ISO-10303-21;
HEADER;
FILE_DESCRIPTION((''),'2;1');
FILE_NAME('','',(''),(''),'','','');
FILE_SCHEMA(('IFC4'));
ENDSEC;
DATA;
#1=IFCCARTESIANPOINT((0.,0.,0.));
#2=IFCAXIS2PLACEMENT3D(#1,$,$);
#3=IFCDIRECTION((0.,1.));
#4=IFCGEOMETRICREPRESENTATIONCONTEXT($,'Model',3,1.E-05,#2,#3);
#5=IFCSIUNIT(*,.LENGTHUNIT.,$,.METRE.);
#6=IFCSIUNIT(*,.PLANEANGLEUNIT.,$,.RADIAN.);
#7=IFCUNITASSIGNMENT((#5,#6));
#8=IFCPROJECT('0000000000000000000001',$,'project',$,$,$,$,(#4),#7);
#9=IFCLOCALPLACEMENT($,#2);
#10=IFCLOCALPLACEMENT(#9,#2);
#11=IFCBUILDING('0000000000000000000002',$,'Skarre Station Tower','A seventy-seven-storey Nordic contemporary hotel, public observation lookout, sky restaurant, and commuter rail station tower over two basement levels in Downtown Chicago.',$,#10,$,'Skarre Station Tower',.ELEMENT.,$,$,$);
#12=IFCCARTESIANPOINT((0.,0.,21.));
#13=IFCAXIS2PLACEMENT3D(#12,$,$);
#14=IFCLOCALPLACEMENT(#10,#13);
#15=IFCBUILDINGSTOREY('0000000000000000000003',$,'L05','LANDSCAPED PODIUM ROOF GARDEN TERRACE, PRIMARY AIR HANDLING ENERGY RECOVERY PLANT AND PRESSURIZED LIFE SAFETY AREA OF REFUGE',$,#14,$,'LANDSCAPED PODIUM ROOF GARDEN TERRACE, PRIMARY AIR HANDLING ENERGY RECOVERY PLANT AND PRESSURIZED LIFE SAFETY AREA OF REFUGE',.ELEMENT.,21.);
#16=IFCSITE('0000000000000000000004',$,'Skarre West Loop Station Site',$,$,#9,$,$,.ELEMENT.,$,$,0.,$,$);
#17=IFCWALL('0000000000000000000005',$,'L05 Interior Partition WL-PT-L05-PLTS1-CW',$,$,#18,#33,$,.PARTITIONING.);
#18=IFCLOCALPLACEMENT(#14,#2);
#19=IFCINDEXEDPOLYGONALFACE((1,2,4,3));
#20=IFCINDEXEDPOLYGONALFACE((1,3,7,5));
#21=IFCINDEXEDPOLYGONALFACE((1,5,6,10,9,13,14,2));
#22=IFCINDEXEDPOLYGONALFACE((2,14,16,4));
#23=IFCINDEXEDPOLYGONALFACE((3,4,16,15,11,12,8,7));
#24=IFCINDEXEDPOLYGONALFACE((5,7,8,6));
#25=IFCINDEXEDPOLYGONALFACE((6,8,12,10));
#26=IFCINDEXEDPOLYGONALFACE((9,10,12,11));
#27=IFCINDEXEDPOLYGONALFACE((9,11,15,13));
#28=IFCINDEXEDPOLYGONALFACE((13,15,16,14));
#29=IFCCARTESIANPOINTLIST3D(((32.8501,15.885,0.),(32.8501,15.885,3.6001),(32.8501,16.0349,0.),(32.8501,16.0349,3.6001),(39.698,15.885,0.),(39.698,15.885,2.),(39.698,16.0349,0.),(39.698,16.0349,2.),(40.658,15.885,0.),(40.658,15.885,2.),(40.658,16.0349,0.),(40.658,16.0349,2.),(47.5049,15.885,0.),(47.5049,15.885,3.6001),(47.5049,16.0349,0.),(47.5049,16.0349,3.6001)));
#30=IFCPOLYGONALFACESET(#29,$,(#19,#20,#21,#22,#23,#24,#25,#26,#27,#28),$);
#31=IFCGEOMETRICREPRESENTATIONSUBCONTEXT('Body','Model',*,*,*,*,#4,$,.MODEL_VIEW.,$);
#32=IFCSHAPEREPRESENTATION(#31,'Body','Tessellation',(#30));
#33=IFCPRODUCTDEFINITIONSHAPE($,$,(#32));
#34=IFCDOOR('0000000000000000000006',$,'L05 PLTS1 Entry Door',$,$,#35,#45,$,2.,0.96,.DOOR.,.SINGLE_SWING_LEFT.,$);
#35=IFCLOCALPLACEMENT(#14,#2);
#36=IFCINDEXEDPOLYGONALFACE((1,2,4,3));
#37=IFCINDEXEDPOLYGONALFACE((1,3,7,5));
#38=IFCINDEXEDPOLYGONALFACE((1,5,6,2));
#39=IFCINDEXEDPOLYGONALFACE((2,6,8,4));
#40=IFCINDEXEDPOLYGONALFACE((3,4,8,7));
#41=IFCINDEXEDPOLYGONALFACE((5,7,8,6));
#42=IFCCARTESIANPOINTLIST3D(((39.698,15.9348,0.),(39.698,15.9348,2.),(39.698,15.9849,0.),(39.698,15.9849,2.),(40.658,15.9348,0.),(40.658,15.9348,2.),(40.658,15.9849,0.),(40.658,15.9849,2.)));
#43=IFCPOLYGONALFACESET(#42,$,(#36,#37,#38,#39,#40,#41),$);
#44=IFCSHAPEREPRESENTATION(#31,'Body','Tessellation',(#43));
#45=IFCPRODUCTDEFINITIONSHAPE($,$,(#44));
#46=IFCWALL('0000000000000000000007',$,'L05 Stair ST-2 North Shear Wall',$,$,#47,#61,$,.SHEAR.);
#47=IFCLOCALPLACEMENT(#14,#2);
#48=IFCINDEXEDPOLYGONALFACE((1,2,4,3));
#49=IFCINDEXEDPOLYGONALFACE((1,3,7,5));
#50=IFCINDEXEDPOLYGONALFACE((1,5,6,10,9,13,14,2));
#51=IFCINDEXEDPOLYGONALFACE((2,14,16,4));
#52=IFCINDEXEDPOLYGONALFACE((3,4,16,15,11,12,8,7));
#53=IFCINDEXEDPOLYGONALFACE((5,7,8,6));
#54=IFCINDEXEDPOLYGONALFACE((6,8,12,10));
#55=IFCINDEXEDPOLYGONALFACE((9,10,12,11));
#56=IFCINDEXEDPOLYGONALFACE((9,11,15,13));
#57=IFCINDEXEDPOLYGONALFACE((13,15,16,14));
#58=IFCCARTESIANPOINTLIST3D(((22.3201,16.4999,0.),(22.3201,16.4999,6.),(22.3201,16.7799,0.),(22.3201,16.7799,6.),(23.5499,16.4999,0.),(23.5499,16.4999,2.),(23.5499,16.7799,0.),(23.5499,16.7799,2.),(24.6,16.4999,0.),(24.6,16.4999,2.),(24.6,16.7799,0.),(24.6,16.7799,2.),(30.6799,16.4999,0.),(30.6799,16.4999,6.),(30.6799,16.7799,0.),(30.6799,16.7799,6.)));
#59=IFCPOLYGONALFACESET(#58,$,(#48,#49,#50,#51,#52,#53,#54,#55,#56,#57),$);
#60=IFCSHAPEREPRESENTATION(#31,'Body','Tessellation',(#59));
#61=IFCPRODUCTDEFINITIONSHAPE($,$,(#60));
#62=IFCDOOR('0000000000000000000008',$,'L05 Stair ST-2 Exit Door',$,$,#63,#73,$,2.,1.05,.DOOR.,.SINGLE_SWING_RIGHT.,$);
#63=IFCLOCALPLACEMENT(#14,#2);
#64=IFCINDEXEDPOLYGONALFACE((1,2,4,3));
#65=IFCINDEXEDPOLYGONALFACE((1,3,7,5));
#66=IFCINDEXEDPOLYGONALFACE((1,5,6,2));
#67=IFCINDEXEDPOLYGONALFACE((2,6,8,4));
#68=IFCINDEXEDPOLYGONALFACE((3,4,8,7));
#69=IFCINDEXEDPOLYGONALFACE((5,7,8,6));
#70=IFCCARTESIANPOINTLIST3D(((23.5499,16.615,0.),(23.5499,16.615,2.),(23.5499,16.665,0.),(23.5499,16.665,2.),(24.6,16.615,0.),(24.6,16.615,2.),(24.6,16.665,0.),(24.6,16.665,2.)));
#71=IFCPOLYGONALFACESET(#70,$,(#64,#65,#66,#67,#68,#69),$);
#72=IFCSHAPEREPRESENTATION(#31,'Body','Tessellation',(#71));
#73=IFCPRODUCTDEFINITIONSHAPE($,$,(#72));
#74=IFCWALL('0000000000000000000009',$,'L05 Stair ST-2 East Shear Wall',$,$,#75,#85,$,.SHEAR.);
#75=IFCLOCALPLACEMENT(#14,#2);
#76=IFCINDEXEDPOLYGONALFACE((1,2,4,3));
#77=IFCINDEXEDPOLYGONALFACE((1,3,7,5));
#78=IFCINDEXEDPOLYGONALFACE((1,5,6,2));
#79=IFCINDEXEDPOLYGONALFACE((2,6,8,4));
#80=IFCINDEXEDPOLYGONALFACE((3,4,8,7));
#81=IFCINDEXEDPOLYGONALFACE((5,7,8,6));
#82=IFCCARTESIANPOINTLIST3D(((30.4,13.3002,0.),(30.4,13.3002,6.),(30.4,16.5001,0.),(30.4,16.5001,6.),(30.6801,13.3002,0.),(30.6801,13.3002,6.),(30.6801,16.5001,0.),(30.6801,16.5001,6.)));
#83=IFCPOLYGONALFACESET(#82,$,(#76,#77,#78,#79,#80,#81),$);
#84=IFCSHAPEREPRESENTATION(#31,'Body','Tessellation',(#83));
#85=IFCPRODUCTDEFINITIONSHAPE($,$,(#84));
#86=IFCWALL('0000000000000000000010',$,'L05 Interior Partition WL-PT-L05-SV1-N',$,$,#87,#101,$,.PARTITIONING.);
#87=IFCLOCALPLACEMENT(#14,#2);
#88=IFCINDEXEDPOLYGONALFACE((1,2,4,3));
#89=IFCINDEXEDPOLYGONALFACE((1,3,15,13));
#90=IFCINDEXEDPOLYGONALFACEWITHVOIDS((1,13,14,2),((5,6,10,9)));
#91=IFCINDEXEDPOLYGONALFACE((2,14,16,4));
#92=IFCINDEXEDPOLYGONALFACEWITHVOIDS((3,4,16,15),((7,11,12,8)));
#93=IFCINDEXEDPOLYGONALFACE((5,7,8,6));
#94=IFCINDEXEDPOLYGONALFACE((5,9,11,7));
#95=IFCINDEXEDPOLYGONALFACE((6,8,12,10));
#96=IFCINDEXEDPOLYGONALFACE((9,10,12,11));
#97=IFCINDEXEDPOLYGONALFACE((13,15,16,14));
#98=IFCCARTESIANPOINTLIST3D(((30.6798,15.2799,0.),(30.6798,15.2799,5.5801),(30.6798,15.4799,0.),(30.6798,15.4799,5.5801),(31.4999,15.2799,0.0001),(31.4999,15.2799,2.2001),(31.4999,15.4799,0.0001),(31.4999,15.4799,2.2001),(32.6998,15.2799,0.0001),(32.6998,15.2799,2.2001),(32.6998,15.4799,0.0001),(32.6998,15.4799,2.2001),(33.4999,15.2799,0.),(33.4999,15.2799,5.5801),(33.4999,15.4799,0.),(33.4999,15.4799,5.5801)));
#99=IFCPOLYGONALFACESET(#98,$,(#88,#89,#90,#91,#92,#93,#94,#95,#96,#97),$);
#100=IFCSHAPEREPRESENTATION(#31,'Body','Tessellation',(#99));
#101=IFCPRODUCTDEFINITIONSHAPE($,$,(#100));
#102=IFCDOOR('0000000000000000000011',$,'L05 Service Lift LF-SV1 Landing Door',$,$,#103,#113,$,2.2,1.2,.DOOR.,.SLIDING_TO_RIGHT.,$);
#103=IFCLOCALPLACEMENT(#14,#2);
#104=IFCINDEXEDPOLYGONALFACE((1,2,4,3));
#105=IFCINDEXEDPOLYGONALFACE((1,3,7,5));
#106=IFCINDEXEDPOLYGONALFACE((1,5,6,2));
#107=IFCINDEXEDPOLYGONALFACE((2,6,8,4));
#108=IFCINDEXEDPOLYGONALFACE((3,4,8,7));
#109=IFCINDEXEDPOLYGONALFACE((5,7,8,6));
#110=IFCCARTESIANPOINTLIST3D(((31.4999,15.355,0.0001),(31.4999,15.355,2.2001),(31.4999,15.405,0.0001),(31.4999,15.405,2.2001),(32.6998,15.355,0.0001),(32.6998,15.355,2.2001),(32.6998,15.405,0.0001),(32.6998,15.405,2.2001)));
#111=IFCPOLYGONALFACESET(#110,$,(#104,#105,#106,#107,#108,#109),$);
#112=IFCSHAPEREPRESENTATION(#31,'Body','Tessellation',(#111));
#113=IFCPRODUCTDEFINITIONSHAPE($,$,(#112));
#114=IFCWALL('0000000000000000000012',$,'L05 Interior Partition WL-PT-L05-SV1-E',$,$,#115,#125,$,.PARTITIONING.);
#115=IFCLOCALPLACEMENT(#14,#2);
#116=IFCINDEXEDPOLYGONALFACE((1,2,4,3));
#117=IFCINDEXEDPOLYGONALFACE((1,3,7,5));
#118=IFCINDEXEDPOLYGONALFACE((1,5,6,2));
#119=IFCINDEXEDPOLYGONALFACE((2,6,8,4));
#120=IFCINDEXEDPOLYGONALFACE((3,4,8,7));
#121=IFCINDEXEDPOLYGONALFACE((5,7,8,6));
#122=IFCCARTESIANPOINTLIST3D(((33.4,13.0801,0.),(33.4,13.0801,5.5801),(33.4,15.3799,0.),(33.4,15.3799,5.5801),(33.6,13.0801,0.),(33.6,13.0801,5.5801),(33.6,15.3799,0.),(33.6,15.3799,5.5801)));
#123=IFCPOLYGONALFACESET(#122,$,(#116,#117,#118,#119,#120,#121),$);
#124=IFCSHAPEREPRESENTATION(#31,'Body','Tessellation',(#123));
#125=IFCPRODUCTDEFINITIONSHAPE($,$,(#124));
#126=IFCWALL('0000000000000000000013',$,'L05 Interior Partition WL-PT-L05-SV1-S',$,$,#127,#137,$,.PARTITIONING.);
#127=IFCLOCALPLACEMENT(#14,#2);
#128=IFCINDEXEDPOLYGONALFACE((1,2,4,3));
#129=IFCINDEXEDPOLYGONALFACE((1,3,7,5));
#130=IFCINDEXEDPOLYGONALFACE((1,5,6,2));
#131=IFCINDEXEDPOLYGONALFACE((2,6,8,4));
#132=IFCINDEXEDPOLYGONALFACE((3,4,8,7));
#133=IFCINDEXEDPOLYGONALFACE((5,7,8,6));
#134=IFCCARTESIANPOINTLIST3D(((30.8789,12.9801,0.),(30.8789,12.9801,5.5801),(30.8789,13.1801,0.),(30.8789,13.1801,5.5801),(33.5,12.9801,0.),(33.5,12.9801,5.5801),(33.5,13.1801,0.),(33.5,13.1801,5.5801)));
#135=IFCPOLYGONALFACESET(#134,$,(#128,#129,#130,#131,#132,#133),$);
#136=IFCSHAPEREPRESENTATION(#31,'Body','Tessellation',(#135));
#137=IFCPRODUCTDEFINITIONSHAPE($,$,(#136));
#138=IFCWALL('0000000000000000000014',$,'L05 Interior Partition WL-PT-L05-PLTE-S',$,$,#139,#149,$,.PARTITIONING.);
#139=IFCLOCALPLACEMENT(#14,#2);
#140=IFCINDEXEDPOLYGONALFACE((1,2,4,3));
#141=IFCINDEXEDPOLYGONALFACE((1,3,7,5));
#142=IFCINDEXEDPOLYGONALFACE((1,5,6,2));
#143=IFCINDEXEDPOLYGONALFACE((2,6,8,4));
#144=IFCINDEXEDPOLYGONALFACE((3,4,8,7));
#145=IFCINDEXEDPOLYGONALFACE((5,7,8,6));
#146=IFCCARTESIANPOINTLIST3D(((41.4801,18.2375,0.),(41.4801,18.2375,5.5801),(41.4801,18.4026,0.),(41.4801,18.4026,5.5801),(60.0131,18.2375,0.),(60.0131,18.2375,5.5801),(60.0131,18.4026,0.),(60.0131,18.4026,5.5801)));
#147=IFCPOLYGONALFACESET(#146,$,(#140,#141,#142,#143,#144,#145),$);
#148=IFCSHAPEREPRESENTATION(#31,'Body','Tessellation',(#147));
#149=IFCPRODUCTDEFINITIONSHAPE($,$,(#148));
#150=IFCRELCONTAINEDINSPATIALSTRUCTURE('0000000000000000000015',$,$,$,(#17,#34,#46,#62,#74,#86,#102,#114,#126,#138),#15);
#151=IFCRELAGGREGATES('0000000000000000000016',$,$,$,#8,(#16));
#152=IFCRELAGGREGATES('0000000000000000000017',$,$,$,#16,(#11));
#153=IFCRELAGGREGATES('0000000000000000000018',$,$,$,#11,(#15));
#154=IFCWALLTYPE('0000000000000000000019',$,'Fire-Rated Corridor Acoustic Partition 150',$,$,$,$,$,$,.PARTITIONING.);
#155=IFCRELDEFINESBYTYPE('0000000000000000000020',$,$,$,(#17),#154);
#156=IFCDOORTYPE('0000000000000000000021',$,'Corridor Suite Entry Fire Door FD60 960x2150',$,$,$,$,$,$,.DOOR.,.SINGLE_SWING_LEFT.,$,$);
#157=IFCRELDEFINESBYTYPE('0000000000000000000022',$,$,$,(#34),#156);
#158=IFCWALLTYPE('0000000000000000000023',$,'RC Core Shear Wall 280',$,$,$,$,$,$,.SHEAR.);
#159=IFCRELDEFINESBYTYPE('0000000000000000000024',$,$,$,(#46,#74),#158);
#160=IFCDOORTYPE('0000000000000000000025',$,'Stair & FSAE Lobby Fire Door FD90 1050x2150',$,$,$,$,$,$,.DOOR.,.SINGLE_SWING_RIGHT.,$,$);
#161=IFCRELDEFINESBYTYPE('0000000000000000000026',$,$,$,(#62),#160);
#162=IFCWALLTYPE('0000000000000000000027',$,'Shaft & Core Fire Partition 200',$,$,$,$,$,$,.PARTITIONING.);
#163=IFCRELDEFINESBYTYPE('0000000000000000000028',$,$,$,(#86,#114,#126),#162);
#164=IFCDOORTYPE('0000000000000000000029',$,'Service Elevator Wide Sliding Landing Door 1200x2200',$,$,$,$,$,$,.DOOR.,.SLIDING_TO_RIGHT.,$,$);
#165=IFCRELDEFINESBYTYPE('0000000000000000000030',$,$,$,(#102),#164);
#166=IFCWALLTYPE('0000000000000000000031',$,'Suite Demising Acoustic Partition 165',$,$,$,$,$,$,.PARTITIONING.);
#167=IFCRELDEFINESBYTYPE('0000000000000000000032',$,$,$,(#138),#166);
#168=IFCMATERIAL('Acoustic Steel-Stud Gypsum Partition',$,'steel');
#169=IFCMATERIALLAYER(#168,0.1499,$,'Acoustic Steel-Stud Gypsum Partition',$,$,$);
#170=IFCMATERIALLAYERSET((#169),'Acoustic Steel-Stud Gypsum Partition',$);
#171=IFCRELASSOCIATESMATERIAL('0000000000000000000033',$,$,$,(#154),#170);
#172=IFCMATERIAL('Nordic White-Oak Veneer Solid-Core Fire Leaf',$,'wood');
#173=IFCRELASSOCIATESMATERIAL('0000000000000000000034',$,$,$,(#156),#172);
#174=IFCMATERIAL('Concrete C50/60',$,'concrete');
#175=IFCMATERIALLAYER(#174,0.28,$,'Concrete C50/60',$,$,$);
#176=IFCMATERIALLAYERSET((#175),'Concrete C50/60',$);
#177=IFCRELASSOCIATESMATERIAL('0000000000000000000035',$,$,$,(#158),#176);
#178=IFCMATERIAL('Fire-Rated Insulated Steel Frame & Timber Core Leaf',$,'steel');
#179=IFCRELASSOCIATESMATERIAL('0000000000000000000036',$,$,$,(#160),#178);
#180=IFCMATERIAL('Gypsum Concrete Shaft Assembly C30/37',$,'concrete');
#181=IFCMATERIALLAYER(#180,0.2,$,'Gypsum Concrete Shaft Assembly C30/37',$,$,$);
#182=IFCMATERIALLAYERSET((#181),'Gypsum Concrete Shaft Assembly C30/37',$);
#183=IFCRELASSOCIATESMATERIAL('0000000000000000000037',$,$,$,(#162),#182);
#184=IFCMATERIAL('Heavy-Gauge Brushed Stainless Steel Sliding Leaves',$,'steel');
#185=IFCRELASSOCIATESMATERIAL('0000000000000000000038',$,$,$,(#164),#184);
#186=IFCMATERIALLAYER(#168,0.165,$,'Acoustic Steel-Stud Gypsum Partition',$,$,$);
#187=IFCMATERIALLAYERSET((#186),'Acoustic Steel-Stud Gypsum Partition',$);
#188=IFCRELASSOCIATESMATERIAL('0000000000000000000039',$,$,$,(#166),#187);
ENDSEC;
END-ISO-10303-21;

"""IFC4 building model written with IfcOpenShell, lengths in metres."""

from ifc_helpers import new_model, si_unit, direction, frame, frame_2d, origin, place, context, subcontext, project, spatial, rectangle, extrude, material, layer, layer_set, type_object, element, fill, save


model = new_model("IFC4")

# Units and contexts
model_context = context("Model", 3, precision=1e-05, world=origin(), true_north=direction((0.0, 1.0)))
body_context = subcontext(model_context, "Body", "Model", "MODEL_VIEW")
ifc_project = project(units=[si_unit("LENGTHUNIT", "METRE"), si_unit("PLANEANGLEUNIT", "RADIAN")], contexts=[model_context])

# Site, building, storey
site_placement = place(None, origin())
site = spatial("IfcSite", under=ifc_project, at=site_placement, Name="Skarre West Loop Station Site", CompositionType="ELEMENT", RefElevation=0.0)
building_placement = place(site_placement, origin())
building = spatial("IfcBuilding", under=site, at=building_placement, Name="Skarre Station Tower", Description="A seventy-seven-storey Nordic contemporary hotel, public observation lookout, sky restaurant, and commuter rail station tower over two basement levels in Downtown Chicago.", LongName="Skarre Station Tower", CompositionType="ELEMENT")
storey_placement = place(building_placement, frame((0.0, 0.0, 21.0)))
storey = spatial("IfcBuildingStorey", under=building, at=storey_placement, Name="L05", Description="LANDSCAPED PODIUM ROOF GARDEN TERRACE, PRIMARY AIR HANDLING ENERGY RECOVERY PLANT AND PRESSURIZED LIFE SAFETY AREA OF REFUGE", LongName="LANDSCAPED PODIUM ROOF GARDEN TERRACE, PRIMARY AIR HANDLING ENERGY RECOVERY PLANT AND PRESSURIZED LIFE SAFETY AREA OF REFUGE", CompositionType="ELEMENT", Elevation=21.0)

# Shared definitions
ifc_material_1 = material(Name="Acoustic Steel-Stud Gypsum Partition", Category="steel")
ifc_layer_1 = layer(ifc_material_1, 0.1499, Name="Acoustic Steel-Stud Gypsum Partition")
ifc_layer_set_1 = layer_set([ifc_layer_1], Name="Acoustic Steel-Stud Gypsum Partition")
wall_type_1 = type_object("IfcWallType", Name="Fire-Rated Corridor Acoustic Partition 150", PredefinedType="PARTITIONING", material=ifc_layer_set_1)

# Walls, openings, doors
ifc_material_2 = material(Name="Nordic White-Oak Veneer Solid-Core Fire Leaf", Category="wood")
door_type_1 = type_object("IfcDoorType", Name="Corridor Suite Entry Fire Door FD60 960x2150", OperationType="SINGLE_SWING_LEFT", PredefinedType="DOOR", material=ifc_material_2)
wall_1_placement = place(storey_placement, frame((32.8501, 15.96, 0.0), z_axis=(0.0, 0.0, 1.0), x_axis=(1.0, 0.0, 0.0)))
wall_1 = element("IfcWall", 1, at=wall_1_placement, inside=storey, type_object=wall_type_1, Name="L05 Interior Partition WL-PT-L05-PLTS1-CW", PredefinedType="PARTITIONING", context=body_context, shape_type="SweptSolid", body=[
    extrude(rectangle(XDim=14.6548, YDim=0.1499, at=frame_2d((7.3274, 0.0))), origin(), (0.0, 0.0, 1.0), 3.6001),
])
opening_1_placement = place(wall_1_placement, frame((6.8479, 0.0, 0.0)))
opening_1 = element("IfcOpeningElement", 2, at=opening_1_placement, cuts=wall_1, PredefinedType="OPENING", context=body_context, shape_type="SweptSolid", body=[
    extrude(rectangle(XDim=0.96, YDim=2.0, at=frame_2d((0.48, 1.0))), frame((0.0, 0.085, 0.0), z_axis=(0.0, -1.0, 0.0), x_axis=(1.0, 0.0, 0.0)), (0.0, 0.0, 1.0), 0.1699),
])
door_1_placement = place(opening_1_placement, origin())
door_1 = element("IfcDoor", 3, at=door_1_placement, inside=storey, type_object=door_type_1, Name="L05 PLTS1 Entry Door", OperationType="SINGLE_SWING_LEFT", OverallHeight=2.0, OverallWidth=0.96, PredefinedType="DOOR", context=body_context, shape_type="SweptSolid", body=[
    extrude(rectangle(XDim=0.96, YDim=2.0, at=frame_2d((0.48, 1.0))), frame((0.0, 0.0249, 0.0), z_axis=(0.0, -1.0, 0.0), x_axis=(1.0, 0.0, 0.0)), (0.0, 0.0, 1.0), 0.05),
])
fill(opening_1, door_1)
ifc_material_3 = material(Name="Concrete C50/60", Category="concrete")
ifc_layer_2 = layer(ifc_material_3, 0.28, Name="Concrete C50/60")
ifc_layer_set_2 = layer_set([ifc_layer_2], Name="Concrete C50/60")
wall_type_2 = type_object("IfcWallType", Name="RC Core Shear Wall 280", PredefinedType="SHEAR", material=ifc_layer_set_2)
wall_2_placement = place(storey_placement, frame((30.6799, 16.6399, 0.0), z_axis=(0.0, 0.0, 1.0), x_axis=(-1.0, 0.0, 0.0)))
wall_2 = element("IfcWall", 4, at=wall_2_placement, inside=storey, type_object=wall_type_2, Name="L05 Stair ST-2 North Shear Wall", PredefinedType="SHEAR", context=body_context, shape_type="SweptSolid", body=[
    extrude(rectangle(XDim=8.3599, YDim=0.28, at=frame_2d((4.1799, 0.0))), origin(), (0.0, 0.0, 1.0), 6.0),
])
opening_2_placement = place(wall_2_placement, frame((6.0801, 0.0, 0.0)))
opening_2 = element("IfcOpeningElement", 5, at=opening_2_placement, cuts=wall_2, PredefinedType="OPENING", context=body_context, shape_type="SweptSolid", body=[
    extrude(rectangle(XDim=1.05, YDim=2.0, at=frame_2d((0.5249, 1.0))), frame((0.0, 0.1499, 0.0), z_axis=(0.0, -1.0, 0.0), x_axis=(1.0, 0.0, 0.0)), (0.0, 0.0, 1.0), 0.3),
])
ifc_material_4 = material(Name="Fire-Rated Insulated Steel Frame & Timber Core Leaf", Category="steel")
door_type_2 = type_object("IfcDoorType", Name="Stair & FSAE Lobby Fire Door FD90 1050x2150", OperationType="SINGLE_SWING_RIGHT", PredefinedType="DOOR", material=ifc_material_4)
door_2_placement = place(opening_2_placement, origin())
door_2 = element("IfcDoor", 6, at=door_2_placement, inside=storey, type_object=door_type_2, Name="L05 Stair ST-2 Exit Door", OperationType="SINGLE_SWING_RIGHT", OverallHeight=2.0, OverallWidth=1.05, PredefinedType="DOOR", context=body_context, shape_type="SweptSolid", body=[
    extrude(rectangle(XDim=1.05, YDim=2.0, at=frame_2d((0.5249, 1.0))), frame((0.0, 0.0249, 0.0), z_axis=(0.0, -1.0, 0.0), x_axis=(1.0, 0.0, 0.0)), (0.0, 0.0, 1.0), 0.05),
])
fill(opening_2, door_2)

# Wall
wall_3_placement = place(storey_placement, frame((30.54, 13.3, 0.0), z_axis=(0.0, 0.0, 1.0), x_axis=(0.0, 1.0, 0.0)))
element("IfcWall", 7, at=wall_3_placement, inside=storey, type_object=wall_type_2, Name="L05 Stair ST-2 East Shear Wall", PredefinedType="SHEAR", context=body_context, shape_type="SweptSolid", body=[
    extrude(rectangle(XDim=3.2, YDim=0.28, at=frame_2d((1.6001, 0.0))), origin(), (0.0, 0.0, 1.0), 6.0),
])

# Wall, opening, door
ifc_material_5 = material(Name="Gypsum Concrete Shaft Assembly C30/37", Category="concrete")
ifc_layer_3 = layer(ifc_material_5, 0.2, Name="Gypsum Concrete Shaft Assembly C30/37")
ifc_layer_set_3 = layer_set([ifc_layer_3], Name="Gypsum Concrete Shaft Assembly C30/37")
wall_type_3 = type_object("IfcWallType", Name="Shaft & Core Fire Partition 200", PredefinedType="PARTITIONING", material=ifc_layer_set_3)
wall_4_placement = place(storey_placement, frame((33.5, 15.3799, 0.0), z_axis=(0.0, 0.0, 1.0), x_axis=(-1.0, 0.0, 0.0)))
wall_4 = element("IfcWall", 8, at=wall_4_placement, inside=storey, type_object=wall_type_3, Name="L05 Interior Partition WL-PT-L05-SV1-N", PredefinedType="PARTITIONING", context=body_context, shape_type="SweptSolid", body=[
    extrude(rectangle(XDim=2.8201, YDim=0.2, at=frame_2d((1.4102, 0.0))), origin(), (0.0, 0.0, 1.0), 5.5801),
])
opening_3_placement = place(wall_4_placement, frame((0.8, 0.0, 0.0)))
opening_3 = element("IfcOpeningElement", 9, at=opening_3_placement, cuts=wall_4, PredefinedType="OPENING", context=body_context, shape_type="SweptSolid", body=[
    extrude(rectangle(XDim=1.2, YDim=2.2, at=frame_2d((0.6001, 1.1001))), frame((0.0, 0.1099, 0.0), z_axis=(0.0, -1.0, 0.0), x_axis=(1.0, 0.0, 0.0)), (0.0, 0.0, 1.0), 0.22),
])
ifc_material_6 = material(Name="Heavy-Gauge Brushed Stainless Steel Sliding Leaves", Category="steel")
door_type_3 = type_object("IfcDoorType", Name="Service Elevator Wide Sliding Landing Door 1200x2200", OperationType="SLIDING_TO_RIGHT", PredefinedType="DOOR", material=ifc_material_6)
door_3_placement = place(opening_3_placement, origin())
door_3 = element("IfcDoor", 10, at=door_3_placement, inside=storey, type_object=door_type_3, Name="L05 Service Lift LF-SV1 Landing Door", OperationType="SLIDING_TO_RIGHT", OverallHeight=2.2, OverallWidth=1.2, PredefinedType="DOOR", context=body_context, shape_type="SweptSolid", body=[
    extrude(rectangle(XDim=1.2, YDim=2.2, at=frame_2d((0.6001, 1.1001))), frame((0.0, 0.0249, 0.0), z_axis=(0.0, -1.0, 0.0), x_axis=(1.0, 0.0, 0.0)), (0.0, 0.0, 1.0), 0.05),
])
fill(opening_3, door_3)

# Walls
wall_5_placement = place(storey_placement, frame((33.5, 13.0801, 0.0), z_axis=(0.0, 0.0, 1.0), x_axis=(0.0, 1.0, 0.0)))
element("IfcWall", 11, at=wall_5_placement, inside=storey, type_object=wall_type_3, Name="L05 Interior Partition WL-PT-L05-SV1-E", PredefinedType="PARTITIONING", context=body_context, shape_type="SweptSolid", body=[
    extrude(rectangle(XDim=2.2998, YDim=0.2, at=frame_2d((1.1499, 0.0))), origin(), (0.0, 0.0, 1.0), 5.5801),
])
wall_6_placement = place(storey_placement, frame((30.8789, 13.0801, 0.0), z_axis=(0.0, 0.0, 1.0), x_axis=(1.0, 0.0, 0.0)))
element("IfcWall", 12, at=wall_6_placement, inside=storey, type_object=wall_type_3, Name="L05 Interior Partition WL-PT-L05-SV1-S", PredefinedType="PARTITIONING", context=body_context, shape_type="SweptSolid", body=[
    extrude(rectangle(XDim=2.6211, YDim=0.2, at=frame_2d((1.3105, 0.0))), origin(), (0.0, 0.0, 1.0), 5.5801),
])
ifc_layer_4 = layer(ifc_material_1, 0.165, Name="Acoustic Steel-Stud Gypsum Partition")
ifc_layer_set_4 = layer_set([ifc_layer_4], Name="Acoustic Steel-Stud Gypsum Partition")
wall_type_4 = type_object("IfcWallType", Name="Suite Demising Acoustic Partition 165", PredefinedType="PARTITIONING", material=ifc_layer_set_4)
wall_7_placement = place(storey_placement, frame((41.48, 18.3201, 0.0), z_axis=(0.0, 0.0, 1.0), x_axis=(1.0, 0.0, 0.0)))
element("IfcWall", 13, at=wall_7_placement, inside=storey, type_object=wall_type_4, Name="L05 Interior Partition WL-PT-L05-PLTE-S", PredefinedType="PARTITIONING", context=body_context, shape_type="SweptSolid", body=[
    extrude(rectangle(XDim=18.533, YDim=0.165, at=frame_2d((9.2666, 0.0))), origin(), (0.0, 0.0, 1.0), 5.5801),
])

save(model, "model.ifc")
